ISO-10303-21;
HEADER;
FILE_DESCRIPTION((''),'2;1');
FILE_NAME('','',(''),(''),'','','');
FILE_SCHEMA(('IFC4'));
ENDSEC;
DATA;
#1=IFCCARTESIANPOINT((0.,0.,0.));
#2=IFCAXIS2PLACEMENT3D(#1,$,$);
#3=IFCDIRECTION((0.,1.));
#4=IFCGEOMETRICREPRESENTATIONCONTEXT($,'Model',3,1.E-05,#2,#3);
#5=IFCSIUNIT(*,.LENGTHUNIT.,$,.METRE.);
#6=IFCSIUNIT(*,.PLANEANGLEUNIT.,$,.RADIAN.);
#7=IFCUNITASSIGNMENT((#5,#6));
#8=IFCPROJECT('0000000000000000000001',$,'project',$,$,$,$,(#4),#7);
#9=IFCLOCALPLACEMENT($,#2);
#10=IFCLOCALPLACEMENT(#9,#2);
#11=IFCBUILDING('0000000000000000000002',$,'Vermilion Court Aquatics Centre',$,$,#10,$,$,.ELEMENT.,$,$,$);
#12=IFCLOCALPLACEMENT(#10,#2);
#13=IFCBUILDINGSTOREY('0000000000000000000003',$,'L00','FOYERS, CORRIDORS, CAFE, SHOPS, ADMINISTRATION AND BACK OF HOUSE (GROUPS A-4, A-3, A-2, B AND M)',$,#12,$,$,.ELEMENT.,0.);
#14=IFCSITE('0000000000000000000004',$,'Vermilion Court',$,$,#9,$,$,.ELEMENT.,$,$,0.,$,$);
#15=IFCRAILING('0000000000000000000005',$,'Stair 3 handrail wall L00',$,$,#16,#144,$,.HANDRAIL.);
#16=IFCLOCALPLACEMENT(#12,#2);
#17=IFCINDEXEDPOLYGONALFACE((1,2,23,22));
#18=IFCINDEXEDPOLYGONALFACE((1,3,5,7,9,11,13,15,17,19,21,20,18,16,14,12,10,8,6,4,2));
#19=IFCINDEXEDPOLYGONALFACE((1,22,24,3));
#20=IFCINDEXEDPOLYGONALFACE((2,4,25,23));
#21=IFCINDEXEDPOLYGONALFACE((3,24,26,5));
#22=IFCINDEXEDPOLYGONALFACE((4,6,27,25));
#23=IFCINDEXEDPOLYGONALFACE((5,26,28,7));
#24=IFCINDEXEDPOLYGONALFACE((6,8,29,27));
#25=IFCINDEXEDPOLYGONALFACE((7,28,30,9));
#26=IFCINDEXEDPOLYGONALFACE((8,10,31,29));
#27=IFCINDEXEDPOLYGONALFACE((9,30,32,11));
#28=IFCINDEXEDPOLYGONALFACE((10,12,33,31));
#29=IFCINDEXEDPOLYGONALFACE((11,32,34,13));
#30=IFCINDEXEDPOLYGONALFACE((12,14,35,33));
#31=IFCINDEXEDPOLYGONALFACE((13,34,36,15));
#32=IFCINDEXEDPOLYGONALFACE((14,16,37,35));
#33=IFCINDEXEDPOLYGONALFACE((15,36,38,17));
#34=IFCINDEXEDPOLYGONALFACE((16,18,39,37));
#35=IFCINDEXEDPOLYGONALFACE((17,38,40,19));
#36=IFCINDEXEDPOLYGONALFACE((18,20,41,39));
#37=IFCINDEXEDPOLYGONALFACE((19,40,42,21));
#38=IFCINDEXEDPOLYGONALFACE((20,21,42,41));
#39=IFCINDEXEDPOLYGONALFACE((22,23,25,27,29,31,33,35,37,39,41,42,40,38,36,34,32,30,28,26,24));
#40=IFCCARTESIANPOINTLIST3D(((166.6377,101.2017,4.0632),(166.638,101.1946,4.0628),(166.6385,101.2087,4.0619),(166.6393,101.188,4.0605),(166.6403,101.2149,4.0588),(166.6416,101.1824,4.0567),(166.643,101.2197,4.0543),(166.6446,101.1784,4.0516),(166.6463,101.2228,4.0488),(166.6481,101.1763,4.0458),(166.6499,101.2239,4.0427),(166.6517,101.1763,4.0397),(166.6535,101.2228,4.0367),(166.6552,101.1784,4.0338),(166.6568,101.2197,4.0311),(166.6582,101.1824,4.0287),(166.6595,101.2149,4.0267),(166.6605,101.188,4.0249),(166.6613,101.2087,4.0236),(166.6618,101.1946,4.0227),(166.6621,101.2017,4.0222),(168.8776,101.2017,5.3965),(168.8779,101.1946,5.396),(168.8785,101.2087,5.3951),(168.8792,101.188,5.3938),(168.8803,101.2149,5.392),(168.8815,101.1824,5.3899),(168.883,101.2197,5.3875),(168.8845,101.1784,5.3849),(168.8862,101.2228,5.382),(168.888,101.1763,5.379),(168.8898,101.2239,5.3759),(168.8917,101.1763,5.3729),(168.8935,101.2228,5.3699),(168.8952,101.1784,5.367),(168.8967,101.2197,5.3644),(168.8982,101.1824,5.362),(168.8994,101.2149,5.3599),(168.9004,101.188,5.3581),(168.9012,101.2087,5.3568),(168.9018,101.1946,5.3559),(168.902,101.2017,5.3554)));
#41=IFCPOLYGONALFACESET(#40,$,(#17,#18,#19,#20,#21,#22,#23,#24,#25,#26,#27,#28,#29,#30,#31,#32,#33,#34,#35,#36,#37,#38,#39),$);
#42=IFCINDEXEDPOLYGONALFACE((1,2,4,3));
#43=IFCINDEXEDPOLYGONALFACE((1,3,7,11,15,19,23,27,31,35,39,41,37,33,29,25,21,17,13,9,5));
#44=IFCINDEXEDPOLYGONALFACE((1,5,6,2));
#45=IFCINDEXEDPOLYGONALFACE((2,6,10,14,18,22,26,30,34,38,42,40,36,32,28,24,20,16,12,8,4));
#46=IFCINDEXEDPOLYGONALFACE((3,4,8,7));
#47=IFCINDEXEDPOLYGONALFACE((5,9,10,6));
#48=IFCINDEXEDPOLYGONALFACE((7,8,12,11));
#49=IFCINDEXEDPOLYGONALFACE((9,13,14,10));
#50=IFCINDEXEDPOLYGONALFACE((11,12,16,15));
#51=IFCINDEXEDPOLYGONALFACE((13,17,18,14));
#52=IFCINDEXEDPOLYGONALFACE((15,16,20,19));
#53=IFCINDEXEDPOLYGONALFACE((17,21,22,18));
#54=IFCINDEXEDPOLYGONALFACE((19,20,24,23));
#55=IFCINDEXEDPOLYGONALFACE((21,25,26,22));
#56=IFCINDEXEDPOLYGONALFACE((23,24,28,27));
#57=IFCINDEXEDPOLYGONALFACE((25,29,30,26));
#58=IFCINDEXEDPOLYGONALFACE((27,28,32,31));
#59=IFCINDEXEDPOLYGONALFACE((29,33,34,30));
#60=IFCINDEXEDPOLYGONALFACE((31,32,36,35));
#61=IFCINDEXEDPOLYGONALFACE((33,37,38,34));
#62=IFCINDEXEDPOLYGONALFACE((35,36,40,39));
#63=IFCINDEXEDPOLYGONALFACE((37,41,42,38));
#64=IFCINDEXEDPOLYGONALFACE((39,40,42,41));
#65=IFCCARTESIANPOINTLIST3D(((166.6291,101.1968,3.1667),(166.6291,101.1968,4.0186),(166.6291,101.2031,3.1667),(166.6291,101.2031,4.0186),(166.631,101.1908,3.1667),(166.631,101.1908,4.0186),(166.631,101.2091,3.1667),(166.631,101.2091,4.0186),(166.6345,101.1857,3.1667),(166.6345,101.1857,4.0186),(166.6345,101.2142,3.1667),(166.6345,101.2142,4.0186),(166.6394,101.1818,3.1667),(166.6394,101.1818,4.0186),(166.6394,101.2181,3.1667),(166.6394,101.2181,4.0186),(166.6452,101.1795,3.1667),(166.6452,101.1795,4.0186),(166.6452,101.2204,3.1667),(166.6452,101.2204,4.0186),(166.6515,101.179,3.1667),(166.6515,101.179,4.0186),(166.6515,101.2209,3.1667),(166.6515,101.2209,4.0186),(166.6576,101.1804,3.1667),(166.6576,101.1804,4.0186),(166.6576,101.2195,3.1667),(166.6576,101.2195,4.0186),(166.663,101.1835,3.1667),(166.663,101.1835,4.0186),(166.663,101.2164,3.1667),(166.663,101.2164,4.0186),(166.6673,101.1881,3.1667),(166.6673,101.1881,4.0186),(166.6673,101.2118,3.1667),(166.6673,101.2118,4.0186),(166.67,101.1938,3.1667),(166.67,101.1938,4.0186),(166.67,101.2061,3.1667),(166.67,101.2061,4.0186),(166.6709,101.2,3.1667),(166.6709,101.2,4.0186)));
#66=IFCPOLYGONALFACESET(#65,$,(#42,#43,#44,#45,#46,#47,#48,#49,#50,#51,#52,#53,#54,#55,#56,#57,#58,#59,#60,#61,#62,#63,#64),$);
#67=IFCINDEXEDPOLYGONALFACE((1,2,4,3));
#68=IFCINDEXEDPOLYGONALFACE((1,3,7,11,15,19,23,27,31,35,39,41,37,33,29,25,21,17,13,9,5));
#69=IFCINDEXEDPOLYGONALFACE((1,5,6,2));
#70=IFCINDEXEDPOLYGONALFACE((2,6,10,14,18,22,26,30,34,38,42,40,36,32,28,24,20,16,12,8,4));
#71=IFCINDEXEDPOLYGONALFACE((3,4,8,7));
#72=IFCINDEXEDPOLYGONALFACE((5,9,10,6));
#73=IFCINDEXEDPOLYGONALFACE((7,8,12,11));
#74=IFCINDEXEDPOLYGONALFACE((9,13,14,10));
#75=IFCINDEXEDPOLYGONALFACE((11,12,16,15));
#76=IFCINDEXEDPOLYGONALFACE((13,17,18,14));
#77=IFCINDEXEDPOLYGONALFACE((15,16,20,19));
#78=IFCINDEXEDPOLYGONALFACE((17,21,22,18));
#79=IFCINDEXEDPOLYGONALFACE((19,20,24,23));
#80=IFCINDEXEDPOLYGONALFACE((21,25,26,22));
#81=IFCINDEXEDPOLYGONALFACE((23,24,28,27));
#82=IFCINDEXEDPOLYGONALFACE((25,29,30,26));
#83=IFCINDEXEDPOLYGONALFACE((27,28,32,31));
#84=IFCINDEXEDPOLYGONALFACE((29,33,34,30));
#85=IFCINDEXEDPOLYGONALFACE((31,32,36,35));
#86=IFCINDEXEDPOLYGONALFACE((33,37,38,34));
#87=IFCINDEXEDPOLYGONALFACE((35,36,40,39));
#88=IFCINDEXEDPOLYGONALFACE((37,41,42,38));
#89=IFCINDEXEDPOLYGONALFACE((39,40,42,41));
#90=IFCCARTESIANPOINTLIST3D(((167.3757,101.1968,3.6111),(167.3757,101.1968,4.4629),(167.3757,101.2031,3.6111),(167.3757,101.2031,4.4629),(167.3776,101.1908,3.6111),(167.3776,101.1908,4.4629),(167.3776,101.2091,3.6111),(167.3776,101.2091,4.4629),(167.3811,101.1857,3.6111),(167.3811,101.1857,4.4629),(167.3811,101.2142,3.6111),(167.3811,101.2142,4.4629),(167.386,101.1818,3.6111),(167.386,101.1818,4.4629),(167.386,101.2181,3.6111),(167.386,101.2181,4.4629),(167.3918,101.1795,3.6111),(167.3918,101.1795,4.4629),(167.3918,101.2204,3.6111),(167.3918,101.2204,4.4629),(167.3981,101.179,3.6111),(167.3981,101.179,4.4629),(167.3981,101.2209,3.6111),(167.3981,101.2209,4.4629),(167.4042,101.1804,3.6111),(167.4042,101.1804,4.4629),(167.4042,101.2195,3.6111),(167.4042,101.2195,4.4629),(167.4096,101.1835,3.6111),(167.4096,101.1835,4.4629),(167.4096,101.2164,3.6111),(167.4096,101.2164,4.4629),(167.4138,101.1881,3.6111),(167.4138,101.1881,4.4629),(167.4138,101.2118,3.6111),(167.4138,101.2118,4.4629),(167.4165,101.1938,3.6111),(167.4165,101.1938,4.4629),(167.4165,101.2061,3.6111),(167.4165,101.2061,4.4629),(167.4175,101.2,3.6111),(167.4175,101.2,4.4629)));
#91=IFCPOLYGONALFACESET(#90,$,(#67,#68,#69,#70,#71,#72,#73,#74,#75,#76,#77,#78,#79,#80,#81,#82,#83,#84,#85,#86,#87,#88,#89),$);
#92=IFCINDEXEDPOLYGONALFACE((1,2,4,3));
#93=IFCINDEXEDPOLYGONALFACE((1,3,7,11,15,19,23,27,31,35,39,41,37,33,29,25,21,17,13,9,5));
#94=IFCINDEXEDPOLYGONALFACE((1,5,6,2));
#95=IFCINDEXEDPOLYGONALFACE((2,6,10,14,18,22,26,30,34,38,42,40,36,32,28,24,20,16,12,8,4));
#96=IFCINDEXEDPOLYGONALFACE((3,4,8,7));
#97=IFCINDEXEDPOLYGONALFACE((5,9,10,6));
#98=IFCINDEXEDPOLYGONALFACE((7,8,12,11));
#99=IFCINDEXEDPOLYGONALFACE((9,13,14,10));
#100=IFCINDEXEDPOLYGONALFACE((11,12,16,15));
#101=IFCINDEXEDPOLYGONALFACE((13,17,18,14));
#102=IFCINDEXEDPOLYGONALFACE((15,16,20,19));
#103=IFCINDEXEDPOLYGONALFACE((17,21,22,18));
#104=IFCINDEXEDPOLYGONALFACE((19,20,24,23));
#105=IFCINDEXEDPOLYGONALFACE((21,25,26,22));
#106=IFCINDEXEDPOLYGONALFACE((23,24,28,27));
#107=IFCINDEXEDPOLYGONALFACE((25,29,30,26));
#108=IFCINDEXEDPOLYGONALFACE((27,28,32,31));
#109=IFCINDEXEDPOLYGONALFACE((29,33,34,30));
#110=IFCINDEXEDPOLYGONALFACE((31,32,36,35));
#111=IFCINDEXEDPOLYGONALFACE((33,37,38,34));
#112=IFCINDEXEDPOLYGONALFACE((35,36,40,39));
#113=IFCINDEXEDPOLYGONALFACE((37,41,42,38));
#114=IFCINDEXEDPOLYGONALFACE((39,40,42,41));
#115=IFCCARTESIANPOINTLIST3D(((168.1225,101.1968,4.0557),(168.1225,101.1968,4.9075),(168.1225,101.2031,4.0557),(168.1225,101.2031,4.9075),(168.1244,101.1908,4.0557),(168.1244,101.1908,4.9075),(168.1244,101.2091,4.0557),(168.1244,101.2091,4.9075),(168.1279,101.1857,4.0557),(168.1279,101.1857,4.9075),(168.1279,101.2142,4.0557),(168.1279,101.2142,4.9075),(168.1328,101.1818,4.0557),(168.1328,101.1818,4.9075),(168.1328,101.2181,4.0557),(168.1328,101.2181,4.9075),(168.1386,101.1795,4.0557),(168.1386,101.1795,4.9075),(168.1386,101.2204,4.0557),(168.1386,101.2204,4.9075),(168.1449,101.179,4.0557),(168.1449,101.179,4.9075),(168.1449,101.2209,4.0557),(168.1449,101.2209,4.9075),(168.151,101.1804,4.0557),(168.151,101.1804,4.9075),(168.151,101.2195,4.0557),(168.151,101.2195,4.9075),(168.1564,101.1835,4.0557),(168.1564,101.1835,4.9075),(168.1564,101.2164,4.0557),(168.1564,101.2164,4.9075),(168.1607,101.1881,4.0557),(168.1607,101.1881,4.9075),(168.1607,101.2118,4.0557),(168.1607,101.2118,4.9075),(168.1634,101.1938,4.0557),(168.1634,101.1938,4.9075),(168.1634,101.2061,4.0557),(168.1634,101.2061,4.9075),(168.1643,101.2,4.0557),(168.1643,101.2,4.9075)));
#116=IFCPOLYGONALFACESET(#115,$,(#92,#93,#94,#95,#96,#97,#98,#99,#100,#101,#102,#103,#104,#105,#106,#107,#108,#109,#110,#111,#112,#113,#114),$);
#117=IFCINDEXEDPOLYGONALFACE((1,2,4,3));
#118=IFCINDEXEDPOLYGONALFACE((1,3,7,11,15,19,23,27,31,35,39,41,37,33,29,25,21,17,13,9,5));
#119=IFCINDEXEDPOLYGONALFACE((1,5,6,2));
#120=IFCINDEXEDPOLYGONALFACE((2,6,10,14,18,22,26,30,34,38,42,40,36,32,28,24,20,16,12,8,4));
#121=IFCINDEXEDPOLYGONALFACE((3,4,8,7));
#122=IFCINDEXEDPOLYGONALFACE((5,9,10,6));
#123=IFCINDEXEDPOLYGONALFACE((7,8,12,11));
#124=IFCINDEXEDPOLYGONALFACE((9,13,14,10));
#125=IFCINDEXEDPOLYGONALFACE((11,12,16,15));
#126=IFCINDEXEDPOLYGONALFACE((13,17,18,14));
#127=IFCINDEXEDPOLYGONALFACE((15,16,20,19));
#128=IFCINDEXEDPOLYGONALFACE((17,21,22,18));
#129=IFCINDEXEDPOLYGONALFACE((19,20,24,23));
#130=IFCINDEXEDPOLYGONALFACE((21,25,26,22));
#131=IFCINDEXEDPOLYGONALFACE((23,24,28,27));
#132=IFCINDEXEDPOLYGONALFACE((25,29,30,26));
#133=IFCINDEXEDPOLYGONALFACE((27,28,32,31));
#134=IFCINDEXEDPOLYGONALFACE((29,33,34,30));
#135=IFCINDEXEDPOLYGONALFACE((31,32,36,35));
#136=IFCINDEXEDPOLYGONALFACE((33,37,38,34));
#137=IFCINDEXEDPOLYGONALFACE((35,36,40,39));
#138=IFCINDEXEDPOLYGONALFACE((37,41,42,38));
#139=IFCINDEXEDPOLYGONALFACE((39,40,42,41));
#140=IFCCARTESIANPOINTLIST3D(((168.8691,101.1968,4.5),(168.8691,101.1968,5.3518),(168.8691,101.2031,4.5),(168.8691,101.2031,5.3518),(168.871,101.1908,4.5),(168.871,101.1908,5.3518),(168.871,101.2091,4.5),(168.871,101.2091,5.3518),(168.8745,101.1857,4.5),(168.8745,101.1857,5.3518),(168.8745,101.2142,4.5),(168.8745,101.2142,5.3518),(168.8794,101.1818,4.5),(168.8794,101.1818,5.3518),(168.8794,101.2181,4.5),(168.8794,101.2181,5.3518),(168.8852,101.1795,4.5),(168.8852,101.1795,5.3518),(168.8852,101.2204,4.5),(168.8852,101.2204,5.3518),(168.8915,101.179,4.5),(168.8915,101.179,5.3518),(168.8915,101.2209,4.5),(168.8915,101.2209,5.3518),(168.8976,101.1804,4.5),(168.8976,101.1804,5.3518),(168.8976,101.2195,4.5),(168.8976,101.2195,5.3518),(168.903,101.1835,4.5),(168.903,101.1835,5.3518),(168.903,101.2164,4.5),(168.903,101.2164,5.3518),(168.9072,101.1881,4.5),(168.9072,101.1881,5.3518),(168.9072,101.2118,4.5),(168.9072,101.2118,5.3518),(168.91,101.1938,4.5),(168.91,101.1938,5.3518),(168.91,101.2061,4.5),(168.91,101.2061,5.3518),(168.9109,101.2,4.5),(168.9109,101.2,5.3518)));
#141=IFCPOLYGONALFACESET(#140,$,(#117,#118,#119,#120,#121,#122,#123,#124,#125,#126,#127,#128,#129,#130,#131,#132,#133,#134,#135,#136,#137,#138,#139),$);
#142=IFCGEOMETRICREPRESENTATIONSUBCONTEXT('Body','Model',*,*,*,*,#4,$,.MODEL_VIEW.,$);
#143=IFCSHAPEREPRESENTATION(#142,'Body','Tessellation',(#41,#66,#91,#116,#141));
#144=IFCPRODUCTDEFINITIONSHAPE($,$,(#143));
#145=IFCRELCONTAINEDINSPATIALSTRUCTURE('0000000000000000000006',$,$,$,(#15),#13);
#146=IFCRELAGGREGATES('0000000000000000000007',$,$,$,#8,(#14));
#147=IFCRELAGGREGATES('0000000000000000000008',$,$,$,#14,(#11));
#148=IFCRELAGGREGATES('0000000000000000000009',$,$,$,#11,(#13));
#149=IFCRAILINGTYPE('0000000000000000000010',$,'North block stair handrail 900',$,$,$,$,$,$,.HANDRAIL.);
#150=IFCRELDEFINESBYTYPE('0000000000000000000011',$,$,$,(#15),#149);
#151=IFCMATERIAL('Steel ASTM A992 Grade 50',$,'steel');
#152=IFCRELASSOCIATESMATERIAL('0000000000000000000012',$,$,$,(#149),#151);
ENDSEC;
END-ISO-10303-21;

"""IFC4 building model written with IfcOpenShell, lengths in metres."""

from ifc_helpers import new_model, si_unit, direction, frame, origin, origin_2d, place, context, subcontext, project, spatial, circle, extrude, material, type_object, element, save


model = new_model("IFC4")

# Units and contexts
model_context = context("Model", 3, precision=1e-05, world=origin(), true_north=direction((0.0, 1.0)))
body_context = subcontext(model_context, "Body", "Model", "MODEL_VIEW")
ifc_project = project(units=[si_unit("LENGTHUNIT", "METRE"), si_unit("PLANEANGLEUNIT", "RADIAN")], contexts=[model_context])

# Site, building, storey
site_placement = place(None, origin())
site = spatial("IfcSite", under=ifc_project, at=site_placement, Name="Vermilion Court", CompositionType="ELEMENT", RefElevation=0.0)
building_placement = place(site_placement, origin())
building = spatial("IfcBuilding", under=site, at=building_placement, Name="Vermilion Court Aquatics Centre", CompositionType="ELEMENT")
storey_placement = place(building_placement, origin())
storey = spatial("IfcBuildingStorey", under=building, at=storey_placement, Name="L00", Description="FOYERS, CORRIDORS, CAFE, SHOPS, ADMINISTRATION AND BACK OF HOUSE (GROUPS A-4, A-3, A-2, B AND M)", CompositionType="ELEMENT", Elevation=0.0)

# Railing
ifc_material_1 = material(Name="Steel ASTM A992 Grade 50", Category="steel")
railing_type_1 = type_object("IfcRailingType", Name="North block stair handrail 900", PredefinedType="HANDRAIL", material=ifc_material_1)
for number, where, name in (
    (1, (166.6499, 101.2, 3.1667), "Stair 3 handrail wall L00"),
):
    element("IfcRailing", number, at=place(storey_placement, frame(where)), inside=storey, type_object=railing_type_1, Name=name, PredefinedType="HANDRAIL", context=body_context, shape_type="SweptSolid", body=[
        extrude(circle(Radius=0.0239, at=origin_2d()), frame((0.0, 0.0, 0.876), z_axis=(0.859306, 0.0, 0.511462), x_axis=(0.0, 1.0, 0.0)), (0.0, 0.0, 1.0), 2.6067),
        extrude(circle(Radius=0.021, at=origin_2d()), origin(), (0.0, 0.0, 1.0), 0.8518),
        extrude(circle(Radius=0.021, at=origin_2d()), frame((0.7466, 0.0, 0.4443)), (0.0, 0.0, 1.0), 0.8518),
        extrude(circle(Radius=0.021, at=origin_2d()), frame((1.4934, 0.0, 0.8889)), (0.0, 0.0, 1.0), 0.8518),
        extrude(circle(Radius=0.021, at=origin_2d()), frame((2.24, 0.0, 1.3333)), (0.0, 0.0, 1.0), 0.8518),
    ])

save(model, "model.ifc")
